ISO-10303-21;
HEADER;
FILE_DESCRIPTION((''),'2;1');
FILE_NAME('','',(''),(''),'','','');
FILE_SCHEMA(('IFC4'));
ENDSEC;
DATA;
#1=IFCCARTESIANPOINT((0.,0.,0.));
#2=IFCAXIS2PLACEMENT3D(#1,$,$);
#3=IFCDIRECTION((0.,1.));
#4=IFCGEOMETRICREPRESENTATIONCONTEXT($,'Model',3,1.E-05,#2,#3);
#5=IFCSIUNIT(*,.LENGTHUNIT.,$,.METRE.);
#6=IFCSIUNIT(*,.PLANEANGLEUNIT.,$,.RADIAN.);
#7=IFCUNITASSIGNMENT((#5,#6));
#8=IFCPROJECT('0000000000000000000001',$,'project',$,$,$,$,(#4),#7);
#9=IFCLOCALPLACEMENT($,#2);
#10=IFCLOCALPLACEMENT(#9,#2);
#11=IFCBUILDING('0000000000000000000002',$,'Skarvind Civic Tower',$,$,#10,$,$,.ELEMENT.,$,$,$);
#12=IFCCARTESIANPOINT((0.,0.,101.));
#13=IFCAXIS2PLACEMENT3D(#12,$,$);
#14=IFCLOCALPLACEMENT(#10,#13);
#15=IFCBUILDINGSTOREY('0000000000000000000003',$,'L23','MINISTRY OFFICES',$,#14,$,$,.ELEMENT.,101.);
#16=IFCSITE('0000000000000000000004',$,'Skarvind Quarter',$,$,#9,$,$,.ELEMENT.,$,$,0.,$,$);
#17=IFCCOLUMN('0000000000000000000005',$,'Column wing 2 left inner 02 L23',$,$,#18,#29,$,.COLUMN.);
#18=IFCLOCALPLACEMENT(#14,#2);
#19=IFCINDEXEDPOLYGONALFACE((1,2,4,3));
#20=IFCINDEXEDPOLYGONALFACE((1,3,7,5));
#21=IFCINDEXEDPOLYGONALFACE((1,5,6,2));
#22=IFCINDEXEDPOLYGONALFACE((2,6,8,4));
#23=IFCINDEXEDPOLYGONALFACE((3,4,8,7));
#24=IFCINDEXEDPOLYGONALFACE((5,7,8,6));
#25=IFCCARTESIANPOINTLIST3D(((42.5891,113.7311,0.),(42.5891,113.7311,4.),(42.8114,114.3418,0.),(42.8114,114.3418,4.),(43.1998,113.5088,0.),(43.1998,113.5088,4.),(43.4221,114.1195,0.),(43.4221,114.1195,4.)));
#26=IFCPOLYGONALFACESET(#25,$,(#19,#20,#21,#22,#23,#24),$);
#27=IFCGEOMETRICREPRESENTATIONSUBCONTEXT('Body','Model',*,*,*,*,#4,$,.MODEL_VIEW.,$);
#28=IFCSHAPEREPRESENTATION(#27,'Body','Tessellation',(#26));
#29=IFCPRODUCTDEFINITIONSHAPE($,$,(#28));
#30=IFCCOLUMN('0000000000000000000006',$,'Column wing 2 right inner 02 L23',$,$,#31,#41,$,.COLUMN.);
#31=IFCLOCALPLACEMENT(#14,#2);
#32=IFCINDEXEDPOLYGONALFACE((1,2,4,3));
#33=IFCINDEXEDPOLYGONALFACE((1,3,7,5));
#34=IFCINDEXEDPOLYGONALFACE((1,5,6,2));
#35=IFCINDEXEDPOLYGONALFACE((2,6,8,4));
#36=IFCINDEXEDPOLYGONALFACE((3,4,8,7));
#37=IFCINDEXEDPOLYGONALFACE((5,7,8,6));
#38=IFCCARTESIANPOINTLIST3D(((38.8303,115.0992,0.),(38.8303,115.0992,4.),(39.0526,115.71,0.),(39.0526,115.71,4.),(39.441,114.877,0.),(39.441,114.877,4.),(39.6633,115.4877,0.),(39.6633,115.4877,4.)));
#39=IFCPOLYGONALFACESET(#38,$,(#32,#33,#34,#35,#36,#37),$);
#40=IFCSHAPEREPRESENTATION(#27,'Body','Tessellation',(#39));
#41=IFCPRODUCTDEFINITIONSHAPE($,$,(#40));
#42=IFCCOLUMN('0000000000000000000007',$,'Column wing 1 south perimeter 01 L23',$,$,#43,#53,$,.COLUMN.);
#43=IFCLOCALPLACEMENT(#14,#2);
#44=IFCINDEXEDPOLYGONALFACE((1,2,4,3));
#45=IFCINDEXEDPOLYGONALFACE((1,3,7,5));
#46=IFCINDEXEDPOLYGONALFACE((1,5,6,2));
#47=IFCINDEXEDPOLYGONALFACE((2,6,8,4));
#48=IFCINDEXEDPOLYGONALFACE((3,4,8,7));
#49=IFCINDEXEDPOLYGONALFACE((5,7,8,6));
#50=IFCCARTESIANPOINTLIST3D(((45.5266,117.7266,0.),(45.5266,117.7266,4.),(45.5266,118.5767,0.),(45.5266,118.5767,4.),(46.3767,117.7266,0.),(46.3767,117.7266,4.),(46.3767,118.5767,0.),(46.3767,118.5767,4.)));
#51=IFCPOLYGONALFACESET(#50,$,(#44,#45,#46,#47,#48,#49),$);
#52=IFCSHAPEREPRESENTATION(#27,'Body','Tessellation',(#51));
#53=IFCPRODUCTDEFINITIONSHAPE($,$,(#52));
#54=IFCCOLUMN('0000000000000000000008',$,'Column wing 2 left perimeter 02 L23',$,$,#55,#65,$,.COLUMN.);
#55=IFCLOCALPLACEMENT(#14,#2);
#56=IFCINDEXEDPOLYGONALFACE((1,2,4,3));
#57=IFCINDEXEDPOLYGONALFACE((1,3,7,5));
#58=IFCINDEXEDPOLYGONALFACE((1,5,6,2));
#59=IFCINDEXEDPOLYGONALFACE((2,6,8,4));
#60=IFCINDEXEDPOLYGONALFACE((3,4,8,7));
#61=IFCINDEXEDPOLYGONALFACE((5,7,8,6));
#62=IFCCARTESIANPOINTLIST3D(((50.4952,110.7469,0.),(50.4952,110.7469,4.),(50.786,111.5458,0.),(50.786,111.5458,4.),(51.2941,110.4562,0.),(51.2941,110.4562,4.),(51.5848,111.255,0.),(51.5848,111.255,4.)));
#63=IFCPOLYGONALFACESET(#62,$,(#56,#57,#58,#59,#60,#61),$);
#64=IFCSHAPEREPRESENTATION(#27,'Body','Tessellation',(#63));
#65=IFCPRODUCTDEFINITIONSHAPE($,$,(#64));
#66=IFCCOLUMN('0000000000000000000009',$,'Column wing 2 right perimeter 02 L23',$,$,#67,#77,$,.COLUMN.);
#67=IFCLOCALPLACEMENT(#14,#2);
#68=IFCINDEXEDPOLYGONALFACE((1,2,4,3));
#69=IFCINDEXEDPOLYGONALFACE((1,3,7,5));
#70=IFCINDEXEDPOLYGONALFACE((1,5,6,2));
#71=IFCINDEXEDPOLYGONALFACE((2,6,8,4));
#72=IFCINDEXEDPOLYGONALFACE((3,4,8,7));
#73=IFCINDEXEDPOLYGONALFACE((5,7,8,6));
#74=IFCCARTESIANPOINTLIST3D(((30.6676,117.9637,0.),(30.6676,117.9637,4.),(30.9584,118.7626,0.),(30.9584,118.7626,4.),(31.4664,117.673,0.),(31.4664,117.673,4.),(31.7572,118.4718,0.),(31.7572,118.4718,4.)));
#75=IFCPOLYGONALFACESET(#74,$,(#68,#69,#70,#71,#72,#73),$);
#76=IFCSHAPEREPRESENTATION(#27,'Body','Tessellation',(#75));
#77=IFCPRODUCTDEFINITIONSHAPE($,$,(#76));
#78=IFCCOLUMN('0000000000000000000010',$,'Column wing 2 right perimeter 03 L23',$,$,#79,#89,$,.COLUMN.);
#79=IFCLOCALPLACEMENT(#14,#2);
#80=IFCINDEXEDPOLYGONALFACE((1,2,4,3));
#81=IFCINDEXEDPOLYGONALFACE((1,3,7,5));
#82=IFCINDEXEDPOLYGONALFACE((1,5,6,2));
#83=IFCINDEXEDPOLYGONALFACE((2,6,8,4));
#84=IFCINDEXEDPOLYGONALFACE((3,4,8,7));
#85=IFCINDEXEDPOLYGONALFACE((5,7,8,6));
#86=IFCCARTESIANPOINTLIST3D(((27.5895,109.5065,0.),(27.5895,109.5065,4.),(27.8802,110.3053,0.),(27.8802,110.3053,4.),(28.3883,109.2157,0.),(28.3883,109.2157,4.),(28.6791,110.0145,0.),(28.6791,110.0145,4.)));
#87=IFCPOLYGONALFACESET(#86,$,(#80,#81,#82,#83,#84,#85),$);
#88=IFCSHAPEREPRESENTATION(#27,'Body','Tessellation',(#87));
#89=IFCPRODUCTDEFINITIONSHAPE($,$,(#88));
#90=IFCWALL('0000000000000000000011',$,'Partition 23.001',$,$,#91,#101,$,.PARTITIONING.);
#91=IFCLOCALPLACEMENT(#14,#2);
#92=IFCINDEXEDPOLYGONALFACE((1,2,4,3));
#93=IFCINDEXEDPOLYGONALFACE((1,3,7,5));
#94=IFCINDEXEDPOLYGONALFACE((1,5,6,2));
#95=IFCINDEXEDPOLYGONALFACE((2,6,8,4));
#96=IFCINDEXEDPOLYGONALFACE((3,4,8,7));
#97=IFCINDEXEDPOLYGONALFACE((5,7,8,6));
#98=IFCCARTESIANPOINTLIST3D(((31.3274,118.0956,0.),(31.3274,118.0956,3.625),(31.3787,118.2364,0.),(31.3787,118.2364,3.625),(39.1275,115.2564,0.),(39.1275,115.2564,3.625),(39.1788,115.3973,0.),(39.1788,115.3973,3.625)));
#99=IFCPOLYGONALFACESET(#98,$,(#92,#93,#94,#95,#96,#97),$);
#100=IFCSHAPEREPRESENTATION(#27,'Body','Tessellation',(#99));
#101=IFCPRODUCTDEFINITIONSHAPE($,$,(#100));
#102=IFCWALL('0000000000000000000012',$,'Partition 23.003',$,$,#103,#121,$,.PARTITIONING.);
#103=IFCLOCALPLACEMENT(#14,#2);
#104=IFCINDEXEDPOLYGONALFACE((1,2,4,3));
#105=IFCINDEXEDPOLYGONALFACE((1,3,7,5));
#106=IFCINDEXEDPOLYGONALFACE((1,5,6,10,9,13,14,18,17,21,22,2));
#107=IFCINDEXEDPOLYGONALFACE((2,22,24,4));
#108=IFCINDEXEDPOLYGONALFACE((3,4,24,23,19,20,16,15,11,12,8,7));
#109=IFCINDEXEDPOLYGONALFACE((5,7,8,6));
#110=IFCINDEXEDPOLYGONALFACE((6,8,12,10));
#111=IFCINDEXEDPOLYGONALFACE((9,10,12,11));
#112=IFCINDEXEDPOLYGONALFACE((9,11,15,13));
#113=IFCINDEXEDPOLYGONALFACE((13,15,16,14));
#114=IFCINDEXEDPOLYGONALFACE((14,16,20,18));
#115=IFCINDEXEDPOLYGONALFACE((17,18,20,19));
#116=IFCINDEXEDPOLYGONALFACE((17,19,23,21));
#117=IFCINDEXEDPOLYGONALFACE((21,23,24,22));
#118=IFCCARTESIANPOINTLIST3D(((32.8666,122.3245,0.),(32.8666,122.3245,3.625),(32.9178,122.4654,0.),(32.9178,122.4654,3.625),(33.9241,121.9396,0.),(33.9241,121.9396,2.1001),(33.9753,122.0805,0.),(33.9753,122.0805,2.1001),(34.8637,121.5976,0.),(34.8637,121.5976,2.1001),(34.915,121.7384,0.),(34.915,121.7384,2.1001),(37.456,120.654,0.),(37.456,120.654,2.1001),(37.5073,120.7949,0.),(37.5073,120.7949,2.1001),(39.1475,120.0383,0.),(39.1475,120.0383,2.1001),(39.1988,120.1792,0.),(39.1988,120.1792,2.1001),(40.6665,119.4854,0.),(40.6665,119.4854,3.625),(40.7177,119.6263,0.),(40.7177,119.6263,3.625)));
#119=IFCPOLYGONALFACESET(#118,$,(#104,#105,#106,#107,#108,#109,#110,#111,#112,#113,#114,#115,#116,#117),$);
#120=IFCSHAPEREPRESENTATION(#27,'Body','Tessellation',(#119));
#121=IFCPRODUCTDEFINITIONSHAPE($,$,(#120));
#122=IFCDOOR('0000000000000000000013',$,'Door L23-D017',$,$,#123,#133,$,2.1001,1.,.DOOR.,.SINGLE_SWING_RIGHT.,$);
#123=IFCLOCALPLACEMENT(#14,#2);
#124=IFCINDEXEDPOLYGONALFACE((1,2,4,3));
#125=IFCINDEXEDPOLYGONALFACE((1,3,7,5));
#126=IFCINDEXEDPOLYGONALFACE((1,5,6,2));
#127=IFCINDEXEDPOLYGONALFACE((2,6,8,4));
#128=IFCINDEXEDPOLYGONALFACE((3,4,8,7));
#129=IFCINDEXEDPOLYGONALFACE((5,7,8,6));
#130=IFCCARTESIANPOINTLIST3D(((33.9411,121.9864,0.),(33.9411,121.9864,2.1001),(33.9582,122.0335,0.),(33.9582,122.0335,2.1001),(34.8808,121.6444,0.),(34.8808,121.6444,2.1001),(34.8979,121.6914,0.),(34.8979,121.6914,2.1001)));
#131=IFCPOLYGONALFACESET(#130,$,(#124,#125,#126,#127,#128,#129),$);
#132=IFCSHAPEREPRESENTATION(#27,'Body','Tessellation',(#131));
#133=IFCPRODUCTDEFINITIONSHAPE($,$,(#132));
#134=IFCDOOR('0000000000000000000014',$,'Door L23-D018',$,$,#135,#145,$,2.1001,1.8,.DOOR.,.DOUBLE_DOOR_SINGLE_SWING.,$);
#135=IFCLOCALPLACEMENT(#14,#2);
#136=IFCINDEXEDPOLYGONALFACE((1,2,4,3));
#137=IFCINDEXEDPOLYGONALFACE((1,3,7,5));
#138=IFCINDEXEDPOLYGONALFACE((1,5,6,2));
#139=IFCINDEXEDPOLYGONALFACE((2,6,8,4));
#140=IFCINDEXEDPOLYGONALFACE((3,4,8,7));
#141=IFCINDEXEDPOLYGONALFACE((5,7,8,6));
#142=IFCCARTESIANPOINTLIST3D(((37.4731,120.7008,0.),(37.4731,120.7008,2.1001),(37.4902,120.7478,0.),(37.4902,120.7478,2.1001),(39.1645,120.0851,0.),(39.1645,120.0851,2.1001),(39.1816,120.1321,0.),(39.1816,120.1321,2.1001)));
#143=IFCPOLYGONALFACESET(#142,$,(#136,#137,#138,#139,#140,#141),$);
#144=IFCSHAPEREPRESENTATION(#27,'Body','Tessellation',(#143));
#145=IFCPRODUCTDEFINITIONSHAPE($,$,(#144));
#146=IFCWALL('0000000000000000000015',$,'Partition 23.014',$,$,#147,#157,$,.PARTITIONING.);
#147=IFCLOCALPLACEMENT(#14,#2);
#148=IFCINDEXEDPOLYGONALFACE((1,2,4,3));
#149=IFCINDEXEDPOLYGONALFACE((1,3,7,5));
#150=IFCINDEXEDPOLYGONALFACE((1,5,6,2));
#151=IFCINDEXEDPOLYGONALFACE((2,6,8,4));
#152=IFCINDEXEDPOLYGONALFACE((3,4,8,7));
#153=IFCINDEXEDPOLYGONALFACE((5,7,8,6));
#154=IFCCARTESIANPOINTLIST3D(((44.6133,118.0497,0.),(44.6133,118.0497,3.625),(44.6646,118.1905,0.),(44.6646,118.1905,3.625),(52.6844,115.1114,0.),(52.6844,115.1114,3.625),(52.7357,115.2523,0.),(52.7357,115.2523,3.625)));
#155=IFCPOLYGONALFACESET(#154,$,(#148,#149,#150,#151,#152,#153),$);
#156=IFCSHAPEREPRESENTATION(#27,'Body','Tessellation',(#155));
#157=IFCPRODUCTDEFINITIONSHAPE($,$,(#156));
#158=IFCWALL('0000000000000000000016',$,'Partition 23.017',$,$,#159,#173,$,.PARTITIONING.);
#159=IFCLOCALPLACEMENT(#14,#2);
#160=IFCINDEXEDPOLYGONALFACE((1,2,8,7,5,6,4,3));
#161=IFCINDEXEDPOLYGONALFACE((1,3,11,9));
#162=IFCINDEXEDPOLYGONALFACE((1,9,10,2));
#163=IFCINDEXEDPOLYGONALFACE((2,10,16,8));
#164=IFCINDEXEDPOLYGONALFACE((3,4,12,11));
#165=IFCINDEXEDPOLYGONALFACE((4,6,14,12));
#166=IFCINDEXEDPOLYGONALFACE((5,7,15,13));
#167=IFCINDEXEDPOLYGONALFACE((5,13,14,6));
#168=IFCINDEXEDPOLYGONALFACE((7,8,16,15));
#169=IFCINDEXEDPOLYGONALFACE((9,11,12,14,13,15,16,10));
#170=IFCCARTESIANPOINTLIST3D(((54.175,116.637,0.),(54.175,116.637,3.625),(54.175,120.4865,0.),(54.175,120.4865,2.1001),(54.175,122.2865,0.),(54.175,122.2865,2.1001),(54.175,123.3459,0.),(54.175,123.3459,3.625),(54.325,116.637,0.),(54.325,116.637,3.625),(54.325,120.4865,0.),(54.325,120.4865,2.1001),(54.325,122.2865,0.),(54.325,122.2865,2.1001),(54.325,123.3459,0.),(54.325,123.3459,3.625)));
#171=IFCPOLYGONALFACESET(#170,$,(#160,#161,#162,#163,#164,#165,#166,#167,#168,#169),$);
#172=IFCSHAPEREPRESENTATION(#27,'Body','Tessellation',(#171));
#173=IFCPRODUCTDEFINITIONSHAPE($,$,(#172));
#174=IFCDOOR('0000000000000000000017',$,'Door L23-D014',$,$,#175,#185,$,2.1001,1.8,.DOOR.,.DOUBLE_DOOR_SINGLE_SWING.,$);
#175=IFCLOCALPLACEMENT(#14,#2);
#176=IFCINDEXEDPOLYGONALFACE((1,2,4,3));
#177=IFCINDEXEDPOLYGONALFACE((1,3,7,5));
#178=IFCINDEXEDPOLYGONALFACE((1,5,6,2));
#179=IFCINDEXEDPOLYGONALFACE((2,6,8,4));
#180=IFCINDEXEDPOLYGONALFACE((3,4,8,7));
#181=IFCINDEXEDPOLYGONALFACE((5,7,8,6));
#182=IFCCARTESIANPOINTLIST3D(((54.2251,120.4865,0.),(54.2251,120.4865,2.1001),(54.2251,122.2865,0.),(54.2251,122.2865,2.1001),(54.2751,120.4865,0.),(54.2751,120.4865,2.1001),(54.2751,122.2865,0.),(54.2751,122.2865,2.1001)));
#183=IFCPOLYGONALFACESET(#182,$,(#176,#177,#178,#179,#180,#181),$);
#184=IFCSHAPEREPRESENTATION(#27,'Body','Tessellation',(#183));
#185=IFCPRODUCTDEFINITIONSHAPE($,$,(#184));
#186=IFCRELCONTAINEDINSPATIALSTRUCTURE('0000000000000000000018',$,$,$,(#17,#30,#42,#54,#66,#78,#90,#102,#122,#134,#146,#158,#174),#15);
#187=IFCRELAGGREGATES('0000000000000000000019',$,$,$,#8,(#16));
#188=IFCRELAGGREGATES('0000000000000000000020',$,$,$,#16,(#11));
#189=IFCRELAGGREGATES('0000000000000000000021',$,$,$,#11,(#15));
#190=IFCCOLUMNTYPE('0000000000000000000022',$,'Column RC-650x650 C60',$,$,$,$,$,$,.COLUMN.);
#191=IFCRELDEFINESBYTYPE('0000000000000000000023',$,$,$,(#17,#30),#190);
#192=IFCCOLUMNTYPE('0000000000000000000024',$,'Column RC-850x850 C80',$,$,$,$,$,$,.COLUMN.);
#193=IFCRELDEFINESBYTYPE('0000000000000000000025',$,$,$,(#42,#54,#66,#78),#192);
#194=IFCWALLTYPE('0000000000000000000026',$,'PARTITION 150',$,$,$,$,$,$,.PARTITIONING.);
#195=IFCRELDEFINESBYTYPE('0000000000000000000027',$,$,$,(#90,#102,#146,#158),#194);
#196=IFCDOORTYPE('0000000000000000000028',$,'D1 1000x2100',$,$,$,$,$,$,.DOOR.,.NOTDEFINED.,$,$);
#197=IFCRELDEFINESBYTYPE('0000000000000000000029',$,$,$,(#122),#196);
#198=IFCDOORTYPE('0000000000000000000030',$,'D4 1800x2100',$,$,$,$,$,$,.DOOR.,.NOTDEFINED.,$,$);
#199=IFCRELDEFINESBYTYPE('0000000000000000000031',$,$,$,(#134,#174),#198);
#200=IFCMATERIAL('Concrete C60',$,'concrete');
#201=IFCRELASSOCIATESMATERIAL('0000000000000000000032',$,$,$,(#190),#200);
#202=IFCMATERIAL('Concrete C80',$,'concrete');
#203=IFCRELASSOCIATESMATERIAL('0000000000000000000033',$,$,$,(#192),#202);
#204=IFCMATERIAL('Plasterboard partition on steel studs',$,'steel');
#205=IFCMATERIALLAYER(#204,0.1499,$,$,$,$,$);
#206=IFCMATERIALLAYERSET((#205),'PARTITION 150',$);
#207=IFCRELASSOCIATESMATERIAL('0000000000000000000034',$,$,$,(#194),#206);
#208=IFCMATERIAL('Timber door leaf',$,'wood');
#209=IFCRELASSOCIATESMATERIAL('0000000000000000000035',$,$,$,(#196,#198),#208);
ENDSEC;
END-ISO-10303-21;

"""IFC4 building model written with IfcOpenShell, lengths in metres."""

from ifc_helpers import new_model, si_unit, direction, frame, frame_2d, origin, origin_2d, place, context, subcontext, project, spatial, rectangle, extrude, material, layer, layer_set, material_profile, profile_set, type_object, element, fill, save


model = new_model("IFC4")

# Units and contexts
model_context = context("Model", 3, precision=1e-05, world=origin(), true_north=direction((0.0, 1.0)))
body_context = subcontext(model_context, "Body", "Model", "MODEL_VIEW")
ifc_project = project(units=[si_unit("LENGTHUNIT", "METRE"), si_unit("PLANEANGLEUNIT", "RADIAN")], contexts=[model_context])

# Site, building, storey
site_placement = place(None, origin())
site = spatial("IfcSite", under=ifc_project, at=site_placement, Name="Skarvind Quarter", CompositionType="ELEMENT", RefElevation=0.0)
building_placement = place(site_placement, origin())
building = spatial("IfcBuilding", under=site, at=building_placement, Name="Skarvind Civic Tower", CompositionType="ELEMENT")
storey_placement = place(building_placement, frame((0.0, 0.0, 101.0)))
storey = spatial("IfcBuildingStorey", under=building, at=storey_placement, Name="L23", Description="MINISTRY OFFICES", CompositionType="ELEMENT", Elevation=101.0)

# Columns
ifc_material_1 = material(Name="Concrete C60", Category="concrete")
ifc_material_profile_1 = material_profile(ifc_material_1, rectangle(XDim=0.6499, YDim=0.6499, at=origin_2d()), Name="RC-650x650")
ifc_profile_set_1 = profile_set([ifc_material_profile_1], Name="Concrete C60")
column_type_1 = type_object("IfcColumnType", Name="Column RC-650x650 C60", PredefinedType="COLUMN", material=ifc_profile_set_1)
for number, where, z_axis, x_axis, name in (
    (1, (43.0056, 113.9253, 0.0), (0.0, 0.0, 1.0), (-0.34202, -0.939693, 0.0), "Column wing 2 left inner 02 L23"),
    (2, (39.2468, 115.2935, 0.0), (0.0, 0.0, 1.0), (-0.34202, -0.939693, 0.0), "Column wing 2 right inner 02 L23"),
):
    element("IfcColumn", number, at=place(storey_placement, frame(where, z_axis=z_axis, x_axis=x_axis)), inside=storey, type_object=column_type_1, Name=name, PredefinedType="COLUMN", context=body_context, shape_type="SweptSolid", body=[
        extrude(rectangle(XDim=0.6499, YDim=0.6499, at=origin_2d()), origin(), (0.0, 0.0, 1.0), 4.0),
    ])
ifc_material_2 = material(Name="Concrete C80", Category="concrete")
ifc_material_profile_2 = material_profile(ifc_material_2, rectangle(XDim=0.8501, YDim=0.8501, at=origin_2d()), Name="RC-850x850")
ifc_profile_set_2 = profile_set([ifc_material_profile_2], Name="Concrete C80")
column_type_2 = type_object("IfcColumnType", Name="Column RC-850x850 C80", PredefinedType="COLUMN", material=ifc_profile_set_2)
for number, where, z_axis, x_axis, name in (
    (3, (45.9517, 118.1516, 0.0), (0.0, 0.0, 1.0), (1.0, 0.0, 0.0), "Column wing 1 south perimeter 01 L23"),
    (4, (51.04, 111.001, 0.0), (0.0, 0.0, 1.0), (-0.34202, -0.939693, 0.0), "Column wing 2 left perimeter 02 L23"),
    (5, (31.2124, 118.2178, 0.0), (0.0, 0.0, 1.0), (-0.34202, -0.939693, 0.0), "Column wing 2 right perimeter 02 L23"),
    (6, (28.1343, 109.7605, 0.0), (0.0, 0.0, 1.0), (-0.34202, -0.939693, 0.0), "Column wing 2 right perimeter 03 L23"),
):
    element("IfcColumn", number, at=place(storey_placement, frame(where, z_axis=z_axis, x_axis=x_axis)), inside=storey, type_object=column_type_2, Name=name, PredefinedType="COLUMN", context=body_context, shape_type="SweptSolid", body=[
        extrude(rectangle(XDim=0.8501, YDim=0.8501, at=origin_2d()), origin(), (0.0, 0.0, 1.0), 4.0),
    ])

# Wall
ifc_material_3 = material(Name="Plasterboard partition on steel studs", Category="steel")
ifc_layer_1 = layer(ifc_material_3, 0.1499)
ifc_layer_set_1 = layer_set([ifc_layer_1], Name="PARTITION 150")
wall_type_1 = type_object("IfcWallType", Name="PARTITION 150", PredefinedType="PARTITIONING", material=ifc_layer_set_1)
wall_1_placement = place(storey_placement, frame((31.353, 118.166, 0.0), z_axis=(0.0, 0.0, 1.0), x_axis=(0.939688, -0.342034, 0.0)))
element("IfcWall", 7, at=wall_1_placement, inside=storey, type_object=wall_type_1, Name="Partition 23.001", PredefinedType="PARTITIONING", context=body_context, shape_type="SweptSolid", body=[
    extrude(rectangle(XDim=8.3008, YDim=0.1499, at=frame_2d((4.1504, 0.0))), origin(), (0.0, 0.0, 1.0), 3.625),
])

# Wall, openings, doors
wall_2_placement = place(storey_placement, frame((32.8921, 122.395, 0.0), z_axis=(0.0, 0.0, 1.0), x_axis=(0.939684, -0.342043, 0.0)))
wall_2 = element("IfcWall", 8, at=wall_2_placement, inside=storey, type_object=wall_type_1, Name="Partition 23.003", PredefinedType="PARTITIONING", context=body_context, shape_type="SweptSolid", body=[
    extrude(rectangle(XDim=8.3005, YDim=0.1499, at=frame_2d((4.1504, 0.0))), origin(), (0.0, 0.0, 1.0), 3.625),
])
opening_1_placement = place(wall_2_placement, frame((1.1255, 0.0, 0.0)))
opening_1 = element("IfcOpeningElement", 9, at=opening_1_placement, cuts=wall_2, PredefinedType="OPENING", context=body_context, shape_type="SweptSolid", body=[
    extrude(rectangle(XDim=1.0, YDim=2.1001, at=frame_2d((0.5, 1.05))), frame((0.0, 0.085, 0.0), z_axis=(0.0, -1.0, 0.0), x_axis=(1.0, 0.0, 0.0)), (0.0, 0.0, 1.0), 0.1699),
])
opening_2_placement = place(wall_2_placement, frame((4.8843, 0.0, 0.0)))
opening_2 = element("IfcOpeningElement", 10, at=opening_2_placement, cuts=wall_2, PredefinedType="OPENING", context=body_context, shape_type="SweptSolid", body=[
    extrude(rectangle(XDim=1.8, YDim=2.1001, at=frame_2d((0.8999, 1.05))), frame((0.0, 0.085, 0.0), z_axis=(0.0, -1.0, 0.0), x_axis=(1.0, 0.0, 0.0)), (0.0, 0.0, 1.0), 0.1699),
])
ifc_material_4 = material(Name="Timber door leaf", Category="wood")
door_type_1 = type_object("IfcDoorType", Name="D1 1000x2100", OperationType="NOTDEFINED", PredefinedType="DOOR", material=ifc_material_4)
door_1_placement = place(opening_1_placement, origin())
door_1 = element("IfcDoor", 11, at=door_1_placement, inside=storey, type_object=door_type_1, Name="Door L23-D017", OperationType="SINGLE_SWING_RIGHT", OverallHeight=2.1001, OverallWidth=1.0, PredefinedType="DOOR", context=body_context, shape_type="SweptSolid", body=[
    extrude(rectangle(XDim=1.0, YDim=2.1001, at=frame_2d((0.5, 1.05))), frame((0.0, 0.0249, 0.0), z_axis=(0.0, -1.0, 0.0), x_axis=(1.0, 0.0, 0.0)), (0.0, 0.0, 1.0), 0.05),
])
fill(opening_1, door_1)
door_type_2 = type_object("IfcDoorType", Name="D4 1800x2100", OperationType="NOTDEFINED", PredefinedType="DOOR", material=ifc_material_4)
door_2_placement = place(opening_2_placement, origin())
door_2 = element("IfcDoor", 12, at=door_2_placement, inside=storey, type_object=door_type_2, Name="Door L23-D018", OperationType="DOUBLE_DOOR_SINGLE_SWING", OverallHeight=2.1001, OverallWidth=1.8, PredefinedType="DOOR", context=body_context, shape_type="SweptSolid", body=[
    extrude(rectangle(XDim=1.8, YDim=2.1001, at=frame_2d((0.8999, 1.05))), frame((0.0, 0.0249, 0.0), z_axis=(0.0, -1.0, 0.0), x_axis=(1.0, 0.0, 0.0)), (0.0, 0.0, 1.0), 0.05),
])
fill(opening_2, door_2)

# Wall
wall_3_placement = place(storey_placement, frame((44.6389, 118.1201, 0.0), z_axis=(0.0, 0.0, 1.0), x_axis=(0.93967, -0.342083, 0.0)))
element("IfcWall", 13, at=wall_3_placement, inside=storey, type_object=wall_type_1, Name="Partition 23.014", PredefinedType="PARTITIONING", context=body_context, shape_type="SweptSolid", body=[
    extrude(rectangle(XDim=8.5894, YDim=0.1499, at=frame_2d((4.2947, 0.0))), origin(), (0.0, 0.0, 1.0), 3.625),
])

# Wall, opening, door
wall_4_placement = place(storey_placement, frame((54.25, 116.637, 0.0), z_axis=(0.0, 0.0, 1.0), x_axis=(0.0, 1.0, 0.0)))
wall_4 = element("IfcWall", 14, at=wall_4_placement, inside=storey, type_object=wall_type_1, Name="Partition 23.017", PredefinedType="PARTITIONING", context=body_context, shape_type="SweptSolid", body=[
    extrude(rectangle(XDim=6.709, YDim=0.1499, at=frame_2d((3.3545, 0.0))), origin(), (0.0, 0.0, 1.0), 3.625),
])
opening_3_placement = place(wall_4_placement, frame((3.8496, 0.0, 0.0)))
opening_3 = element("IfcOpeningElement", 15, at=opening_3_placement, cuts=wall_4, PredefinedType="OPENING", context=body_context, shape_type="SweptSolid", body=[
    extrude(rectangle(XDim=1.8, YDim=2.1001, at=frame_2d((0.8999, 1.05))), frame((0.0, 0.085, 0.0), z_axis=(0.0, -1.0, 0.0), x_axis=(1.0, 0.0, 0.0)), (0.0, 0.0, 1.0), 0.1699),
])
door_3_placement = place(opening_3_placement, origin())
door_3 = element("IfcDoor", 16, at=door_3_placement, inside=storey, type_object=door_type_2, Name="Door L23-D014", OperationType="DOUBLE_DOOR_SINGLE_SWING", OverallHeight=2.1001, OverallWidth=1.8, PredefinedType="DOOR", context=body_context, shape_type="SweptSolid", body=[
    extrude(rectangle(XDim=1.8, YDim=2.1001, at=frame_2d((0.8999, 1.05))), frame((0.0, 0.0249, 0.0), z_axis=(0.0, -1.0, 0.0), x_axis=(1.0, 0.0, 0.0)), (0.0, 0.0, 1.0), 0.05),
])
fill(opening_3, door_3)

save(model, "model.ifc")
